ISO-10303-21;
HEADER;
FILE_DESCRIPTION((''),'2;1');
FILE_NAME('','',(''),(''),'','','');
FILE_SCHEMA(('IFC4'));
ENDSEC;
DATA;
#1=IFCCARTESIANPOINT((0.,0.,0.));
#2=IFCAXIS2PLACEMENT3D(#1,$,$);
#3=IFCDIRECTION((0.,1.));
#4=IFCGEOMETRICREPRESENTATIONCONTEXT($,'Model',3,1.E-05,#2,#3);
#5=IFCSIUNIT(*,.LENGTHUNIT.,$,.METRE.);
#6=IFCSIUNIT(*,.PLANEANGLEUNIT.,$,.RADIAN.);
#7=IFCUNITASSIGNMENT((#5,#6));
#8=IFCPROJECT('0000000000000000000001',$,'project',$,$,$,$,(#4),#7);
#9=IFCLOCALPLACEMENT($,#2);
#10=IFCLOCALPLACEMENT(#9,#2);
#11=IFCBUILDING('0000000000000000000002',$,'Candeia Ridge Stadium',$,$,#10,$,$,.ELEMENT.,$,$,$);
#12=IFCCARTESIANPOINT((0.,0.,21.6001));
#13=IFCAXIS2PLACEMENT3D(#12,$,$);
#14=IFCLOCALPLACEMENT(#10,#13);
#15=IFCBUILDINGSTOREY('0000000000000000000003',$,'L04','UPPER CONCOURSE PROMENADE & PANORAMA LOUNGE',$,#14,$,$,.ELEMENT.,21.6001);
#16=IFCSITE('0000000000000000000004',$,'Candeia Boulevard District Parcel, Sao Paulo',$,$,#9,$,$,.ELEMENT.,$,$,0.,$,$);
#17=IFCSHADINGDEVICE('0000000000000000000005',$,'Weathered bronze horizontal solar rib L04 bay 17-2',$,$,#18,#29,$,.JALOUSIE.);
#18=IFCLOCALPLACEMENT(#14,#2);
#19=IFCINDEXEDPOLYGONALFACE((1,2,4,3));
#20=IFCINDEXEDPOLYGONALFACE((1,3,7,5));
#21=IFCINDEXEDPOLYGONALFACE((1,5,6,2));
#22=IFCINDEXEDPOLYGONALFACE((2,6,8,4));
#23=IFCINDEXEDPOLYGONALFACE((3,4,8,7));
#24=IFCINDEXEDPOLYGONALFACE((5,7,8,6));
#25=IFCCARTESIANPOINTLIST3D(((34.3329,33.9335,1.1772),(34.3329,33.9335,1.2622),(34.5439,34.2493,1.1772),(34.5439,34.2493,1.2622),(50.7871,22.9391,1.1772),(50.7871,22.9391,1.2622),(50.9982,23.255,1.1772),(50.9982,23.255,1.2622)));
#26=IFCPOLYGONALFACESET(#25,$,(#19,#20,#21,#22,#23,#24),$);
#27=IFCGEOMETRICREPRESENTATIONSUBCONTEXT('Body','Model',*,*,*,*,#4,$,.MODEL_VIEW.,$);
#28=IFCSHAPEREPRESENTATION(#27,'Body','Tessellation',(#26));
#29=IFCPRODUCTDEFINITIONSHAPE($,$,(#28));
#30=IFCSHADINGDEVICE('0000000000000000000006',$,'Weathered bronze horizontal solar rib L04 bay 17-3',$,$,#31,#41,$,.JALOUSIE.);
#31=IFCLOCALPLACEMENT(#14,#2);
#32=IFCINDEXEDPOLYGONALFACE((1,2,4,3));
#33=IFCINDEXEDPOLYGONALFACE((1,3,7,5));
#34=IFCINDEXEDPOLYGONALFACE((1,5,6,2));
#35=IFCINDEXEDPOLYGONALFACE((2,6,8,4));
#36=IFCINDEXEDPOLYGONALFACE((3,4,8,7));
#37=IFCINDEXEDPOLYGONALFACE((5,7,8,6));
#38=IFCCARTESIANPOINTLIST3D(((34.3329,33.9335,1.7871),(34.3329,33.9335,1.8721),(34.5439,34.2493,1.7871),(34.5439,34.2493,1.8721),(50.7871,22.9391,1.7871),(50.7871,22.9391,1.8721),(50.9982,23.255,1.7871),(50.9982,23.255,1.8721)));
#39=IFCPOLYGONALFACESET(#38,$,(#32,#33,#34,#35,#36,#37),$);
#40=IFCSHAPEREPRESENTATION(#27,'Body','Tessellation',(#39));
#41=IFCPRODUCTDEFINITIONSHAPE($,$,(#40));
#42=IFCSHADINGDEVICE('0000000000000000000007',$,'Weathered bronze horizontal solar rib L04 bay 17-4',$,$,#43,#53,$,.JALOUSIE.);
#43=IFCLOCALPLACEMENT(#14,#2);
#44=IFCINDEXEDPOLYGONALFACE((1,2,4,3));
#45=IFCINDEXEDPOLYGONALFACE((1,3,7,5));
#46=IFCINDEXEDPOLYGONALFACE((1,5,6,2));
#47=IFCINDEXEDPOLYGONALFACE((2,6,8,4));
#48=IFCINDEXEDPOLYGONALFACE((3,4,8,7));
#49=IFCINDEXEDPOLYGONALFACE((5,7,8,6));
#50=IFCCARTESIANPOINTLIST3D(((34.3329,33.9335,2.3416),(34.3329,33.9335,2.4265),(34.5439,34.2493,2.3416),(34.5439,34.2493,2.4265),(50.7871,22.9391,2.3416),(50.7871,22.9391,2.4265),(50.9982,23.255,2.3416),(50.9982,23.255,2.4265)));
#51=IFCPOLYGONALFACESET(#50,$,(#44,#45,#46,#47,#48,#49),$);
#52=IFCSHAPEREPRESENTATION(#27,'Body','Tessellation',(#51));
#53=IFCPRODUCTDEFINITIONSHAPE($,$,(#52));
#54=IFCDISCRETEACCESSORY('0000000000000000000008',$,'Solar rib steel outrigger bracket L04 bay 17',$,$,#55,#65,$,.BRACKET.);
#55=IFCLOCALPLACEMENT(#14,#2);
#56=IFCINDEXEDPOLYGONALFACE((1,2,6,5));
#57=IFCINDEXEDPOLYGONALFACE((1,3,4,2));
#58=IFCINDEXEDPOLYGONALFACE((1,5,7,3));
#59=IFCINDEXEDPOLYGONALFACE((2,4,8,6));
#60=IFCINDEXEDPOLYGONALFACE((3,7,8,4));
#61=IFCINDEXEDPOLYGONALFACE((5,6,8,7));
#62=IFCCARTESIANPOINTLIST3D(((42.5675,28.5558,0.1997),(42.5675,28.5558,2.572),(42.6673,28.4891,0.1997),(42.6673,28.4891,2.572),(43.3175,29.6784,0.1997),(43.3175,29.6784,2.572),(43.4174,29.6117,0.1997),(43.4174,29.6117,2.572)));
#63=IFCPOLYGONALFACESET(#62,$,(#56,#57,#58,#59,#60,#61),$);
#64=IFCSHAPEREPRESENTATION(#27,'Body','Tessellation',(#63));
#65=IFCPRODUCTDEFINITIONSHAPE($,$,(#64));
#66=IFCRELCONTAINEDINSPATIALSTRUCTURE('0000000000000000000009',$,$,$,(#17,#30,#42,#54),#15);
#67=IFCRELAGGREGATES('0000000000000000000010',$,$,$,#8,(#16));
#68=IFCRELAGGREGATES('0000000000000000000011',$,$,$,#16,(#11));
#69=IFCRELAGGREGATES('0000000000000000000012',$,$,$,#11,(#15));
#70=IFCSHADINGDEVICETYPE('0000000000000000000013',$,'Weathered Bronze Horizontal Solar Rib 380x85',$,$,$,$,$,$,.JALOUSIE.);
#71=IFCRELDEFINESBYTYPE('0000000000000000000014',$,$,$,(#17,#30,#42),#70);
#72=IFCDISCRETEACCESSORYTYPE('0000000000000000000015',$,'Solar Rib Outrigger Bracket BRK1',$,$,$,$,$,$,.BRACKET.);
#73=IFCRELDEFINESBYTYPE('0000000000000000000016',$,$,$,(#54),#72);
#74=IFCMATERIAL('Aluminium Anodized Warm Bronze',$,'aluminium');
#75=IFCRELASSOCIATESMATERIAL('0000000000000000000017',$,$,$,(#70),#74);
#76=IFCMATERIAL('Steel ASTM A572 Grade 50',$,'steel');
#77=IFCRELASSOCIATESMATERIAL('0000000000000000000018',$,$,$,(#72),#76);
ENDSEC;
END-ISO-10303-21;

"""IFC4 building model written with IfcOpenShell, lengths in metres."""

from ifc_helpers import new_model, si_unit, direction, frame, origin, origin_2d, place, context, subcontext, project, spatial, rectangle, extrude, material, type_object, element, save


model = new_model("IFC4")

# Units and contexts
model_context = context("Model", 3, precision=1e-05, world=origin(), true_north=direction((0.0, 1.0)))
body_context = subcontext(model_context, "Body", "Model", "MODEL_VIEW")
ifc_project = project(units=[si_unit("LENGTHUNIT", "METRE"), si_unit("PLANEANGLEUNIT", "RADIAN")], contexts=[model_context])

# Site, building, storey
site_placement = place(None, origin())
site = spatial("IfcSite", under=ifc_project, at=site_placement, Name="Candeia Boulevard District Parcel, Sao Paulo", CompositionType="ELEMENT", RefElevation=0.0)
building_placement = place(site_placement, origin())
building = spatial("IfcBuilding", under=site, at=building_placement, Name="Candeia Ridge Stadium", CompositionType="ELEMENT")
storey_placement = place(building_placement, frame((0.0, 0.0, 21.6001)))
storey = spatial("IfcBuildingStorey", under=building, at=storey_placement, Name="L04", Description="UPPER CONCOURSE PROMENADE & PANORAMA LOUNGE", CompositionType="ELEMENT", Elevation=21.6001)

# Shared definitions
ifc_material_1 = material(Name="Aluminium Anodized Warm Bronze", Category="aluminium")

# Shading devices
shading_device_type = type_object("IfcShadingDeviceType", Name="Weathered Bronze Horizontal Solar Rib 380x85", PredefinedType="JALOUSIE", material=ifc_material_1)
for number, where, z_axis, x_axis, name in (
    (1, (42.6655, 28.5942, 1.1772), (0.0, 0.0, 1.0), (0.83147, -0.55557, 0.0), "Weathered bronze horizontal solar rib L04 bay 17-2"),
    (2, (42.6655, 28.5942, 1.7871), (0.0, 0.0, 1.0), (0.83147, -0.55557, 0.0), "Weathered bronze horizontal solar rib L04 bay 17-3"),
    (3, (42.6655, 28.5942, 2.3416), (0.0, 0.0, 1.0), (0.83147, -0.55557, 0.0), "Weathered bronze horizontal solar rib L04 bay 17-4"),
):
    element("IfcShadingDevice", number, at=place(storey_placement, frame(where, z_axis=z_axis, x_axis=x_axis)), inside=storey, type_object=shading_device_type, Name=name, PredefinedType="JALOUSIE", context=body_context, shape_type="SweptSolid", body=[
        extrude(rectangle(XDim=19.7893, YDim=0.3799, at=origin_2d()), origin(), (0.0, 0.0, 1.0), 0.085),
    ])

# Discrete accessory
ifc_material_2 = material(Name="Steel ASTM A572 Grade 50", Category="steel")
discrete_accessory_type = type_object("IfcDiscreteAccessoryType", Name="Solar Rib Outrigger Bracket BRK1", PredefinedType="BRACKET", material=ifc_material_2)
discrete_accessory_placement = place(storey_placement, frame((42.9924, 29.0837, 0.1997), z_axis=(0.0, 0.0, 1.0), x_axis=(-0.55557, -0.83147, 0.0)))
element("IfcDiscreteAccessory", 4, at=discrete_accessory_placement, inside=storey, type_object=discrete_accessory_type, Name="Solar rib steel outrigger bracket L04 bay 17", PredefinedType="BRACKET", context=body_context, shape_type="SweptSolid", body=[
    extrude(rectangle(XDim=1.3501, YDim=0.1201, at=origin_2d()), origin(), (0.0, 0.0, 1.0), 2.3723),
])

save(model, "model.ifc")
